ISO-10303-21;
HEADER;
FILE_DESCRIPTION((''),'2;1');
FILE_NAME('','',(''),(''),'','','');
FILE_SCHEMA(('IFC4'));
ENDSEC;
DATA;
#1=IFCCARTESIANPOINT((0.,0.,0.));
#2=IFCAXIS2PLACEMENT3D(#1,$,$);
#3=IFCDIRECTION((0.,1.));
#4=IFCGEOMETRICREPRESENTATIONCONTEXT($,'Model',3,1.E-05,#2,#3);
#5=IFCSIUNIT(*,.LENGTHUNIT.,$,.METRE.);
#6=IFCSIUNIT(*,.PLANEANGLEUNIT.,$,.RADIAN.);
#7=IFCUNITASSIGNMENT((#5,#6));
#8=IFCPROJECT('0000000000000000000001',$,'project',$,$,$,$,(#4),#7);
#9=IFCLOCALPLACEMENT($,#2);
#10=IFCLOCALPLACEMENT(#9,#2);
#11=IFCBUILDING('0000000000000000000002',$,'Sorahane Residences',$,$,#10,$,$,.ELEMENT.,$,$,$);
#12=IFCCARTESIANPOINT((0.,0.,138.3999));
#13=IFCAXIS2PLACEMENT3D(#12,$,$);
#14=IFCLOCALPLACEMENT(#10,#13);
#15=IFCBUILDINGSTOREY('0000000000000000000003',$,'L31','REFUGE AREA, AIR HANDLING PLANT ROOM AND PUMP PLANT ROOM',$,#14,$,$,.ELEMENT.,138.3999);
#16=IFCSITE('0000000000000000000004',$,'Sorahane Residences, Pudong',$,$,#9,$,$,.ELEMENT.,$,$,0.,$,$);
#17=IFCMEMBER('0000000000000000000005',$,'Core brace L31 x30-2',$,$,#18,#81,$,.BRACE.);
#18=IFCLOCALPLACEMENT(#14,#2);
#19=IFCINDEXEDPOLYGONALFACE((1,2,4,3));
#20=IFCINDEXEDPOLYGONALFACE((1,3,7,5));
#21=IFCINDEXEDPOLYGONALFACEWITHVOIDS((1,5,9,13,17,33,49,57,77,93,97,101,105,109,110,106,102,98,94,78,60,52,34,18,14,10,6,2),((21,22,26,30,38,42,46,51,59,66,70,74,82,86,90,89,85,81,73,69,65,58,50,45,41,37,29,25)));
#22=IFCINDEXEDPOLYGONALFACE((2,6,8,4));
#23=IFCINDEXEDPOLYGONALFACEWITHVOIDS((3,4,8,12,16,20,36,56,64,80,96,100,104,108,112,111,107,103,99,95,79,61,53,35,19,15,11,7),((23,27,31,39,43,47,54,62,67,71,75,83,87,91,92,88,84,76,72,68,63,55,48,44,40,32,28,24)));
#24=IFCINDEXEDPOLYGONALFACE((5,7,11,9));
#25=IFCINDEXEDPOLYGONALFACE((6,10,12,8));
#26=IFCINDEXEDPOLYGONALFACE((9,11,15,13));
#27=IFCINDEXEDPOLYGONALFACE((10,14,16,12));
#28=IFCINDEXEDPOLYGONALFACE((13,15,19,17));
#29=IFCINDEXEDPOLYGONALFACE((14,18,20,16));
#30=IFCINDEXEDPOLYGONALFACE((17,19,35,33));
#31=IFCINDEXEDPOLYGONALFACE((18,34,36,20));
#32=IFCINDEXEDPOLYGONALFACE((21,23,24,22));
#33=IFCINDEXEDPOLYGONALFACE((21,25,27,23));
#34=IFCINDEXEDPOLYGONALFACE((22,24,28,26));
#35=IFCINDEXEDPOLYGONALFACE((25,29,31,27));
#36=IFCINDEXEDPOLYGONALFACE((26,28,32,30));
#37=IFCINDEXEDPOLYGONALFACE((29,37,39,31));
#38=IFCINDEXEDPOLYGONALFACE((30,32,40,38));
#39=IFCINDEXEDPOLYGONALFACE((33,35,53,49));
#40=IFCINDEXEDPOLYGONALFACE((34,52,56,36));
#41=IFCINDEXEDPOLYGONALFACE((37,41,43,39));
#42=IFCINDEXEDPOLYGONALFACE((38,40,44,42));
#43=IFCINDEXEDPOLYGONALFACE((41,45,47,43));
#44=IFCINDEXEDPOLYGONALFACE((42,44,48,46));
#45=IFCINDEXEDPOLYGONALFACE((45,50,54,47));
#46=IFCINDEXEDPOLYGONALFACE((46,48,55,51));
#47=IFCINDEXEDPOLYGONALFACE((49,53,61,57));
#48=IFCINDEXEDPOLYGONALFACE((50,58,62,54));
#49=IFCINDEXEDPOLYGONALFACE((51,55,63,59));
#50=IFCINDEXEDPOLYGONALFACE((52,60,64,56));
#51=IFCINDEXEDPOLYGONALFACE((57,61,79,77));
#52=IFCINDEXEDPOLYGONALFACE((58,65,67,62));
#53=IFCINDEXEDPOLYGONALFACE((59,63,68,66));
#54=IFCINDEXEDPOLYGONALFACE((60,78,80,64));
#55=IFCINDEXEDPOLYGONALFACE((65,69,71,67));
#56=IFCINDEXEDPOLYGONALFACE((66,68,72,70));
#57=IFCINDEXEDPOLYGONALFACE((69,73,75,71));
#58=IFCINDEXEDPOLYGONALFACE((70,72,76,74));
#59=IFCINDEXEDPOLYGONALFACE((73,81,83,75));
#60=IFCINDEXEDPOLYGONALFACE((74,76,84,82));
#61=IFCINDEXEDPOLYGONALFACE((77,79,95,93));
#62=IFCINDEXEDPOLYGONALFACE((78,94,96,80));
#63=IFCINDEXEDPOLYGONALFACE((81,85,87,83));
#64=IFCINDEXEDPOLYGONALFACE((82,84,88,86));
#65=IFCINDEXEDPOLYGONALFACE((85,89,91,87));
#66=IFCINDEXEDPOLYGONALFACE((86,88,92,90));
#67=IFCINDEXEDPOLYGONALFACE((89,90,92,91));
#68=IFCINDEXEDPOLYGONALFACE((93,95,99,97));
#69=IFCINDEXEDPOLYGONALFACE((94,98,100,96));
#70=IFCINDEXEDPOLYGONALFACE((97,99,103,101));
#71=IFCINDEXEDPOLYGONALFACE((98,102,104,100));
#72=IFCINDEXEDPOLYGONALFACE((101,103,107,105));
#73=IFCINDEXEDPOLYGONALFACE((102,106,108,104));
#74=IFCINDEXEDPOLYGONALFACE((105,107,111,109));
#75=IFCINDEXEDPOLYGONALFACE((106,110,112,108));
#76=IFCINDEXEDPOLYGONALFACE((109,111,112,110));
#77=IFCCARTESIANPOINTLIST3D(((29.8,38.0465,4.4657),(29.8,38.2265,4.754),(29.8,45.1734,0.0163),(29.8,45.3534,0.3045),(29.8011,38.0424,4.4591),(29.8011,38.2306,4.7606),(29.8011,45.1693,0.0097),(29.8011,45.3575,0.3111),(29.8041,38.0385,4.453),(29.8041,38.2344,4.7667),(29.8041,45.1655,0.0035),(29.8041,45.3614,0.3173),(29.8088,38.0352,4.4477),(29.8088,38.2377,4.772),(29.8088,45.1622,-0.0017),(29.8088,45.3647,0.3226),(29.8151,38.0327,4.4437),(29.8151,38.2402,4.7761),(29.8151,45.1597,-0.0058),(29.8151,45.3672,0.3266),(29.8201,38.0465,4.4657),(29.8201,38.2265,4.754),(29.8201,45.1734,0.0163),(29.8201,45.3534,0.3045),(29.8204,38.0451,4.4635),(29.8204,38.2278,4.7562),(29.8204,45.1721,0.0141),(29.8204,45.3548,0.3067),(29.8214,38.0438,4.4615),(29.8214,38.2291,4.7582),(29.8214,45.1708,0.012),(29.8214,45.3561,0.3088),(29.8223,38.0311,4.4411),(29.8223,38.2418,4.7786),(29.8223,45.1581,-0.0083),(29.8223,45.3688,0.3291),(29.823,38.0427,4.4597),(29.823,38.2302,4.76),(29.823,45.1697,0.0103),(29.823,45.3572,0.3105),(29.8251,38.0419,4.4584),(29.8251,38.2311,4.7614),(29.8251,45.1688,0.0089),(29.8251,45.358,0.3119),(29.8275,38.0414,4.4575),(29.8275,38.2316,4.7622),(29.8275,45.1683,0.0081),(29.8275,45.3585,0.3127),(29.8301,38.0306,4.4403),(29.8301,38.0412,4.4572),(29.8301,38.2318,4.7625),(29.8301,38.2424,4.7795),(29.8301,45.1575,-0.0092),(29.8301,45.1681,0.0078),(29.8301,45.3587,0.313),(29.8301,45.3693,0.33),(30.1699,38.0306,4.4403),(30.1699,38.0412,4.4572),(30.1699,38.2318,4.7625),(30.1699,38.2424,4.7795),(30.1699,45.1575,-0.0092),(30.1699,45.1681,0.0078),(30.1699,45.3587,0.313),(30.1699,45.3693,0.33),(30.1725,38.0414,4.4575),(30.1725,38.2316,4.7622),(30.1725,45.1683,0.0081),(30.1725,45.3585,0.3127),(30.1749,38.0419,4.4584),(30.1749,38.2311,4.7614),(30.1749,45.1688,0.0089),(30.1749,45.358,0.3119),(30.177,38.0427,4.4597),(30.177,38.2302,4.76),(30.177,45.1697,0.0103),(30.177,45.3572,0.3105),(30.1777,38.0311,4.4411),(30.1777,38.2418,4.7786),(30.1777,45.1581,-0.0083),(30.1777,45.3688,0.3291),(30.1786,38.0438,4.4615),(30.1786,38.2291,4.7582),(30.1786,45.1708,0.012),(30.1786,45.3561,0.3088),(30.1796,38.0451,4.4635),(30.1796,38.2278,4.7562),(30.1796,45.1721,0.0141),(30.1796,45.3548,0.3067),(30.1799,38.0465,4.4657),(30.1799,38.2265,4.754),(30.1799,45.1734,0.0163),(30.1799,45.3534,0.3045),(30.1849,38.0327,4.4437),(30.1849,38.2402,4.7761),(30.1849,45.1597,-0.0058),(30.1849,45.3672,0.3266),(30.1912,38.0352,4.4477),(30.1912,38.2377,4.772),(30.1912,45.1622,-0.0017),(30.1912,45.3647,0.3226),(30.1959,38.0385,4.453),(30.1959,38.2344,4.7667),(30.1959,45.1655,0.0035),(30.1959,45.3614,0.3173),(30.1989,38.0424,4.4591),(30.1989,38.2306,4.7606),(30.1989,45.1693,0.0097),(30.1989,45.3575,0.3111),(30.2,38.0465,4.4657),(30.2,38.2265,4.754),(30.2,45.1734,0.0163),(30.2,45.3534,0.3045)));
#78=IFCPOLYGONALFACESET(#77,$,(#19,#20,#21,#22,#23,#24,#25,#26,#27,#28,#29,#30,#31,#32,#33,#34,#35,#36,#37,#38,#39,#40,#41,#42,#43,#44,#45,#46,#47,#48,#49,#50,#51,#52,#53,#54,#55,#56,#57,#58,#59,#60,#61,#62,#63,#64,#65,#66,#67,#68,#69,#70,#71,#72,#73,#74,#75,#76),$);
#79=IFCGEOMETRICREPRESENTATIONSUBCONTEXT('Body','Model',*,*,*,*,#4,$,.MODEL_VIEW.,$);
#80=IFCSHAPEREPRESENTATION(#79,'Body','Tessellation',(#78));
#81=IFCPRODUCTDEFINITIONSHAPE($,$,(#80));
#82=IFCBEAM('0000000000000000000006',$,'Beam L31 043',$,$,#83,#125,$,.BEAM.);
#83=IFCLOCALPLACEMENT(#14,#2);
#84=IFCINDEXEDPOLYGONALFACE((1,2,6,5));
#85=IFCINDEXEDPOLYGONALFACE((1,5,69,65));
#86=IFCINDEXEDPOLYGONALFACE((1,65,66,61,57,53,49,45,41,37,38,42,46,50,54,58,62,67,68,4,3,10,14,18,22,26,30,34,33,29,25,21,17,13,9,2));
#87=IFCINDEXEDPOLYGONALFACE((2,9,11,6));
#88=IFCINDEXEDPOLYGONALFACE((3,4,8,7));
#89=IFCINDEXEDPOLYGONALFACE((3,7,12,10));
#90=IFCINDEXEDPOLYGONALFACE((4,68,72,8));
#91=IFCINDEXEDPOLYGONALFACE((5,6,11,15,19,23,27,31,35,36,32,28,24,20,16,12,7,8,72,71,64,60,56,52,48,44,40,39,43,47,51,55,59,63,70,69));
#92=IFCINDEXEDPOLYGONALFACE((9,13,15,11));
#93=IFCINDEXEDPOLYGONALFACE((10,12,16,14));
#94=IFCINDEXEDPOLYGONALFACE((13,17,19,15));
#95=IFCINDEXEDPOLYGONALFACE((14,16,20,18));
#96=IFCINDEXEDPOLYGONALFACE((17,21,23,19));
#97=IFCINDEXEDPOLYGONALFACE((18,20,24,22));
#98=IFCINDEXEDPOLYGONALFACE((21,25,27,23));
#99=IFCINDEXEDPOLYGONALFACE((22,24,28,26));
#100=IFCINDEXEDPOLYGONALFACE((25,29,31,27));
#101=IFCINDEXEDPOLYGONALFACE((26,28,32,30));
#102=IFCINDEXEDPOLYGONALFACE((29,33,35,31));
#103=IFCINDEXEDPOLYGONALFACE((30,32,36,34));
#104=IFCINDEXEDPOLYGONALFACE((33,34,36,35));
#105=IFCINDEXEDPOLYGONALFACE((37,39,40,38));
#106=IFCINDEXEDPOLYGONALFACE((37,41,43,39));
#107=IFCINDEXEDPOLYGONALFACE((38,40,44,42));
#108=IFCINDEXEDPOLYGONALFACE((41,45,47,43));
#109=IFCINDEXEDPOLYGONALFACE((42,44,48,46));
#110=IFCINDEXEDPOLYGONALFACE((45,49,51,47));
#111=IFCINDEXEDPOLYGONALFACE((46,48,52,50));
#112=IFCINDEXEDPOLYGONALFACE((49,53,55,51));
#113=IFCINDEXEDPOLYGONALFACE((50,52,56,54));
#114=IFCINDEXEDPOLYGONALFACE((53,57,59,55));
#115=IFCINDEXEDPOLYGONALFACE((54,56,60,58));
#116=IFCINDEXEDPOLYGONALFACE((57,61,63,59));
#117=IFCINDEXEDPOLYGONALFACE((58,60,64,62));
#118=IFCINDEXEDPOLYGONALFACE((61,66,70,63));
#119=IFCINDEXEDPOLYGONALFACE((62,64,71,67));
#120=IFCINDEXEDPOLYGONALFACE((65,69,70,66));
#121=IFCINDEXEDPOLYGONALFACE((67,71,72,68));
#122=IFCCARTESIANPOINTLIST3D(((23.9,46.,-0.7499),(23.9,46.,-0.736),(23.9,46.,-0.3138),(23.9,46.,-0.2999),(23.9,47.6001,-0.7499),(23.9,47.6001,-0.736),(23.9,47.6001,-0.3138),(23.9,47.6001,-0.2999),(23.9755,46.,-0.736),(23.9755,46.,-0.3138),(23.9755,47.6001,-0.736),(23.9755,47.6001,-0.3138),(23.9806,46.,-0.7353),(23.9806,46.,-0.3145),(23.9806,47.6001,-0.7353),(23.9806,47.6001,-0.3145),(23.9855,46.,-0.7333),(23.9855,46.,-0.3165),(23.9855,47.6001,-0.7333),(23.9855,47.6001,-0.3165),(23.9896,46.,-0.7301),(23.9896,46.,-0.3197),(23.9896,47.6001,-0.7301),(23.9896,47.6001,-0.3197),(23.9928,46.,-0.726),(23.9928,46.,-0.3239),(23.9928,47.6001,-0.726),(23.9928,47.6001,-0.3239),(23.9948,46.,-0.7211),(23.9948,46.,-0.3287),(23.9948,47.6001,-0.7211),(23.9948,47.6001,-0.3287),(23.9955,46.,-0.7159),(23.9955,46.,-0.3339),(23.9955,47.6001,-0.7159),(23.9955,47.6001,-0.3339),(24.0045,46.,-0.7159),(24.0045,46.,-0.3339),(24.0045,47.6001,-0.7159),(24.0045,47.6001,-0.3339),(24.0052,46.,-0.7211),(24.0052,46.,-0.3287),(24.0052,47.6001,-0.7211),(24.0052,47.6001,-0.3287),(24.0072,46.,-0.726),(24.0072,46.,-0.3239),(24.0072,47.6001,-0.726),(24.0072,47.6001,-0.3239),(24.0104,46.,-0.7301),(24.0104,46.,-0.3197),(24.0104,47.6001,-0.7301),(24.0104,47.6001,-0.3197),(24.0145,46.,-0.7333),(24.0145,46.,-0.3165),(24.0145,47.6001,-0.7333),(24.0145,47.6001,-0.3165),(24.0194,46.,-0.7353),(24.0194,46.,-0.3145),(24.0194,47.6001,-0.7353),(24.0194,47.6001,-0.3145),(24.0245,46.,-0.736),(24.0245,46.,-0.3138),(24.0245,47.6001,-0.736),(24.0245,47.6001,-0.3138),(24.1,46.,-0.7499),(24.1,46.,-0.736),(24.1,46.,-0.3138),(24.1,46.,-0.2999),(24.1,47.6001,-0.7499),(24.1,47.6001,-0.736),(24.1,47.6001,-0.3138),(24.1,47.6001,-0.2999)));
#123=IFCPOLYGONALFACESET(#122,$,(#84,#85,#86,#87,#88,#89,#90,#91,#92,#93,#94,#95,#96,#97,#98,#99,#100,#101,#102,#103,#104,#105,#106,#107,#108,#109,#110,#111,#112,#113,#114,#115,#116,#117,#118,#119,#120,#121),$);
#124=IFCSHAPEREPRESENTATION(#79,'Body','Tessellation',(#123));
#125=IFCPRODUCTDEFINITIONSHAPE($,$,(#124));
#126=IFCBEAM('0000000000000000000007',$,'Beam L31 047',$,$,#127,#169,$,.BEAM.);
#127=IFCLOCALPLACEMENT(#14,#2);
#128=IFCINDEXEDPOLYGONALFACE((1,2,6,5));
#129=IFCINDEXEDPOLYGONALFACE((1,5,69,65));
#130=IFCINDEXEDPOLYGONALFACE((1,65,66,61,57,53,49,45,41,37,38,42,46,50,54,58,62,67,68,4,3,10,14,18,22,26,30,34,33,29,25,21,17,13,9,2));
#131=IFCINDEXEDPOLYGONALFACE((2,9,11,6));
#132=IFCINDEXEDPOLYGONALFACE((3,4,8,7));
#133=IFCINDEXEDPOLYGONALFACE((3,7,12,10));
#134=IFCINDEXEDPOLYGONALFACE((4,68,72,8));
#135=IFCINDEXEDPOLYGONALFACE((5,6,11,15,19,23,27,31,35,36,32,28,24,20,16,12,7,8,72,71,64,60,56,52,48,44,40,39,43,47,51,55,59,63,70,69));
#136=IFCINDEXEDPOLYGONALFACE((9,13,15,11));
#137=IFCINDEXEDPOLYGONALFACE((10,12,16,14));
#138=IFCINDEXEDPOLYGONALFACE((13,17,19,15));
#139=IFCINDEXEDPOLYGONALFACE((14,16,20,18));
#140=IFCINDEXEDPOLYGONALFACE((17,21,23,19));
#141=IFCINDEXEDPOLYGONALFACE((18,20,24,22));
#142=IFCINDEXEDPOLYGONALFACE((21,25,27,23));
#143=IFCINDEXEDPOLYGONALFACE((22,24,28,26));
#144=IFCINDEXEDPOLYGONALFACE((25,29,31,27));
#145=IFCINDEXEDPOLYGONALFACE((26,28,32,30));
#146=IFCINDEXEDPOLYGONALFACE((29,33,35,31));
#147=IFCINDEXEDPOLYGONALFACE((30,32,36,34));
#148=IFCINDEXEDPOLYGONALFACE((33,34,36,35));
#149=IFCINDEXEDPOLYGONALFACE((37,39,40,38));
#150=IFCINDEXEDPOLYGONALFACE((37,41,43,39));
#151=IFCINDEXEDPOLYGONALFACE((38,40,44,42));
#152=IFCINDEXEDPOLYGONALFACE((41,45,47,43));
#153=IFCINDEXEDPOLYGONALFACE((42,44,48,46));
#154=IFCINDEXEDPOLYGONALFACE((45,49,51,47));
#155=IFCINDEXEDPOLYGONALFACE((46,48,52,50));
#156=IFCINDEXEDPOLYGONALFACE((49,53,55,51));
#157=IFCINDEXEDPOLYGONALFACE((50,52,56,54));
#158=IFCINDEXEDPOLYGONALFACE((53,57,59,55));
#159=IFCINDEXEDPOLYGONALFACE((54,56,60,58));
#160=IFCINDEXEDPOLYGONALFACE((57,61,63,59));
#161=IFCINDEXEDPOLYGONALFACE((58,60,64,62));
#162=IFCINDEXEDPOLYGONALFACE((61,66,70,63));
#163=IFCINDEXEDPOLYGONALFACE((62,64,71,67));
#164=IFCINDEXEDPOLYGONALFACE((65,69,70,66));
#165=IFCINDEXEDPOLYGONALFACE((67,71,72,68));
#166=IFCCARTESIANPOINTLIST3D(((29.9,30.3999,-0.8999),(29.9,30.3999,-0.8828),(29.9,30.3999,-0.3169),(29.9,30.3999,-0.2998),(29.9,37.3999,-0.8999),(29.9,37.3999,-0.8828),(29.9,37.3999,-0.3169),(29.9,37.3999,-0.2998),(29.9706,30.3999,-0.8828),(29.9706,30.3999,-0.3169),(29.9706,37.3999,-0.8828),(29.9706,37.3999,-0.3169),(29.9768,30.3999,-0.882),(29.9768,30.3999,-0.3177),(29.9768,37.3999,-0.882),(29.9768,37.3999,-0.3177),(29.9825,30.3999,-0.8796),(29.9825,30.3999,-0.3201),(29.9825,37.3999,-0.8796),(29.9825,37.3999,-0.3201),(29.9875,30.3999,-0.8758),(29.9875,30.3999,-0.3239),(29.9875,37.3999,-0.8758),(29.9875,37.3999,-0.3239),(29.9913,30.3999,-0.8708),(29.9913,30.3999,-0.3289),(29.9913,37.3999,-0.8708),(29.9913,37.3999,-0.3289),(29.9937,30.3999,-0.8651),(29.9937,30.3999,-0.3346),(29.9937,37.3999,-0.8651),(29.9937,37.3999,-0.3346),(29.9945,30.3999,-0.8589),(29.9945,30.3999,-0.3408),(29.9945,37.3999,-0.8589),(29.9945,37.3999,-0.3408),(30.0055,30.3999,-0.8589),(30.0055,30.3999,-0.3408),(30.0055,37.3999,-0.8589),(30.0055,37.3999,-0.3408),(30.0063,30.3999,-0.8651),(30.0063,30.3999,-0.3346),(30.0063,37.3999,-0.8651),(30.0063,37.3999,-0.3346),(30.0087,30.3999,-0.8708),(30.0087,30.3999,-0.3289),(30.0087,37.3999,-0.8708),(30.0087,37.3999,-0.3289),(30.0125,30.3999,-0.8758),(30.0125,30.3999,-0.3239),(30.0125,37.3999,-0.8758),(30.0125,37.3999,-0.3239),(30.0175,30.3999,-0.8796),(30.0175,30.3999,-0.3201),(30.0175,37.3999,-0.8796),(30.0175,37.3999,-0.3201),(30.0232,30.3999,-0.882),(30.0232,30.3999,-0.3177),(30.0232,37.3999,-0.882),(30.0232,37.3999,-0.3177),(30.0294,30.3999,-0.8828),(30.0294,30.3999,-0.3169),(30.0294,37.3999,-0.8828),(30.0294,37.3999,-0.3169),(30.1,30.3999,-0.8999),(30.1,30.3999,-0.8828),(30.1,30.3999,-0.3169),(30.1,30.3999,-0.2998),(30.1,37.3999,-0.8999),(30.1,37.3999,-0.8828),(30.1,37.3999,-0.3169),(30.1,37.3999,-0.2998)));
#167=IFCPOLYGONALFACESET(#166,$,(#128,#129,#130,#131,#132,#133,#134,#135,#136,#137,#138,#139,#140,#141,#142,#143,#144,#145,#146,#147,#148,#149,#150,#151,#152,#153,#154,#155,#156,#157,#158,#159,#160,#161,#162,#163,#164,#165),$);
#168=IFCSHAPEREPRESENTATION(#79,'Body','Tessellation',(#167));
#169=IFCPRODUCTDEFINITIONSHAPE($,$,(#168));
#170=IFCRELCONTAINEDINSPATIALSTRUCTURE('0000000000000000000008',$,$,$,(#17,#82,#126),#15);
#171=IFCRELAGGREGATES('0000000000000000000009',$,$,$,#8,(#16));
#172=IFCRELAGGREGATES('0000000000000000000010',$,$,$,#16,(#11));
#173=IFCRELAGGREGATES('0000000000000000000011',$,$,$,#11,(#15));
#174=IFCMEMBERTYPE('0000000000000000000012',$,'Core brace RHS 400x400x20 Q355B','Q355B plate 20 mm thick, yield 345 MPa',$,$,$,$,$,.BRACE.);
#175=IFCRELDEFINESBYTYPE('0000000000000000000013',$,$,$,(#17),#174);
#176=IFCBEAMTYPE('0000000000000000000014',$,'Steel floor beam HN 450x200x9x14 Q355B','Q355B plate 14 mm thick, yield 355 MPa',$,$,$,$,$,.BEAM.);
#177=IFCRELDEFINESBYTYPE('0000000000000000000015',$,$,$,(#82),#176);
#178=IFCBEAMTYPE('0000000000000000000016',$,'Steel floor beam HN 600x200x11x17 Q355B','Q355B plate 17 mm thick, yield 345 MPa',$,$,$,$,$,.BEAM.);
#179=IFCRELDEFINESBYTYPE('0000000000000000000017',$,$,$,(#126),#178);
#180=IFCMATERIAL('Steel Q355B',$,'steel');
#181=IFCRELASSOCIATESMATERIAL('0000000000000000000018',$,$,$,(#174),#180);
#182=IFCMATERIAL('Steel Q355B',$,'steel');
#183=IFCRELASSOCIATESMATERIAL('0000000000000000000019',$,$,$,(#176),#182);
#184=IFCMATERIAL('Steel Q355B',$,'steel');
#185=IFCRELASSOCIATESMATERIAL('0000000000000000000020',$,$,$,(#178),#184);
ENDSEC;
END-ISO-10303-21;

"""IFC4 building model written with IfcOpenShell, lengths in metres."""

from ifc_helpers import new_model, si_unit, direction, frame, origin, origin_2d, place, context, subcontext, project, spatial, hollow_rectangle, i_section, extrude, material, material_profile, profile_set, type_object, element, save


model = new_model("IFC4")

# Units and contexts
model_context = context("Model", 3, precision=1e-05, world=origin(), true_north=direction((0.0, 1.0)))
body_context = subcontext(model_context, "Body", "Model", "MODEL_VIEW")
ifc_project = project(units=[si_unit("LENGTHUNIT", "METRE"), si_unit("PLANEANGLEUNIT", "RADIAN")], contexts=[model_context])

# Site, building, storey
site_placement = place(None, origin())
site = spatial("IfcSite", under=ifc_project, at=site_placement, Name="Sorahane Residences, Pudong", CompositionType="ELEMENT", RefElevation=0.0)
building_placement = place(site_placement, origin())
building = spatial("IfcBuilding", under=site, at=building_placement, Name="Sorahane Residences", CompositionType="ELEMENT")
storey_placement = place(building_placement, frame((0.0, 0.0, 138.3999)))
storey = spatial("IfcBuildingStorey", under=building, at=storey_placement, Name="L31", Description="REFUGE AREA, AIR HANDLING PLANT ROOM AND PUMP PLANT ROOM", CompositionType="ELEMENT", Elevation=138.3999)

# Member
ifc_material_1 = material(Name="Steel Q355B", Category="steel")
ifc_material_profile_1 = material_profile(ifc_material_1, hollow_rectangle(XDim=0.3999, YDim=0.3999, WallThickness=0.02, InnerFilletRadius=0.01, OuterFilletRadius=0.03, at=origin_2d()), Name="RHS 400x400x20")
ifc_profile_set_1 = profile_set([ifc_material_profile_1], Name="Steel Q355B")
member_type = type_object("IfcMemberType", Name="Core brace RHS 400x400x20 Q355B", Description="Q355B plate 20 mm thick, yield 345 MPa", PredefinedType="BRACE", material=ifc_profile_set_1)
member_1_placement = place(storey_placement, frame((30.0, 45.2634, 0.1604), z_axis=(0.0, -0.848259, 0.529581), x_axis=(1.0, 0.0, 0.0)))
element("IfcMember", 1, at=member_1_placement, inside=storey, type_object=member_type, Name="Core brace L31 x30-2", PredefinedType="BRACE", context=body_context, shape_type="SweptSolid", body=[
    extrude(hollow_rectangle(XDim=0.3999, YDim=0.3999, WallThickness=0.02, InnerFilletRadius=0.01, OuterFilletRadius=0.03, at=origin_2d()), origin(), (0.0, 0.0, 1.0), 8.4019),
])

# Beams
ifc_material_2 = material(Name="Steel Q355B", Category="steel")
ifc_material_profile_2 = material_profile(ifc_material_2, i_section(OverallWidth=0.2, OverallDepth=0.45, WebThickness=0.009, FlangeThickness=0.0139, FilletRadius=0.02, at=origin_2d()), Name="HN 450x200x9x14")
ifc_profile_set_2 = profile_set([ifc_material_profile_2], Name="Steel Q355B")
beam_type_1 = type_object("IfcBeamType", Name="Steel floor beam HN 450x200x9x14 Q355B", Description="Q355B plate 14 mm thick, yield 355 MPa", PredefinedType="BEAM", material=ifc_profile_set_2)
beam_1_placement = place(storey_placement, frame((24.0, 46.0, -0.5249), z_axis=(0.0, 1.0, 0.0), x_axis=(-1.0, 0.0, 0.0)))
element("IfcBeam", 2, at=beam_1_placement, inside=storey, type_object=beam_type_1, Name="Beam L31 043", PredefinedType="BEAM", context=body_context, shape_type="SweptSolid", body=[
    extrude(i_section(OverallWidth=0.2, OverallDepth=0.45, WebThickness=0.009, FlangeThickness=0.0139, FilletRadius=0.02, at=origin_2d()), origin(), (0.0, 0.0, 1.0), 1.6001),
])
ifc_material_3 = material(Name="Steel Q355B", Category="steel")
ifc_material_profile_3 = material_profile(ifc_material_3, i_section(OverallWidth=0.2, OverallDepth=0.6001, WebThickness=0.011, FlangeThickness=0.0171, FilletRadius=0.0239, at=origin_2d()), Name="HN 600x200x11x17")
ifc_profile_set_3 = profile_set([ifc_material_profile_3], Name="Steel Q355B")
beam_type_2 = type_object("IfcBeamType", Name="Steel floor beam HN 600x200x11x17 Q355B", Description="Q355B plate 17 mm thick, yield 345 MPa", PredefinedType="BEAM", material=ifc_profile_set_3)
for number, where, z_axis, x_axis, name in (
    (3, (30.0, 30.3999, -0.5999), (0.0, 1.0, 0.0), (-1.0, 0.0, 0.0), "Beam L31 047"),
):
    element("IfcBeam", number, at=place(storey_placement, frame(where, z_axis=z_axis, x_axis=x_axis)), inside=storey, type_object=beam_type_2, Name=name, PredefinedType="BEAM", context=body_context, shape_type="SweptSolid", body=[
        extrude(i_section(OverallWidth=0.2, OverallDepth=0.6001, WebThickness=0.011, FlangeThickness=0.0171, FilletRadius=0.0239, at=origin_2d()), origin(), (0.0, 0.0, 1.0), 7.0),
    ])

save(model, "model.ifc")
